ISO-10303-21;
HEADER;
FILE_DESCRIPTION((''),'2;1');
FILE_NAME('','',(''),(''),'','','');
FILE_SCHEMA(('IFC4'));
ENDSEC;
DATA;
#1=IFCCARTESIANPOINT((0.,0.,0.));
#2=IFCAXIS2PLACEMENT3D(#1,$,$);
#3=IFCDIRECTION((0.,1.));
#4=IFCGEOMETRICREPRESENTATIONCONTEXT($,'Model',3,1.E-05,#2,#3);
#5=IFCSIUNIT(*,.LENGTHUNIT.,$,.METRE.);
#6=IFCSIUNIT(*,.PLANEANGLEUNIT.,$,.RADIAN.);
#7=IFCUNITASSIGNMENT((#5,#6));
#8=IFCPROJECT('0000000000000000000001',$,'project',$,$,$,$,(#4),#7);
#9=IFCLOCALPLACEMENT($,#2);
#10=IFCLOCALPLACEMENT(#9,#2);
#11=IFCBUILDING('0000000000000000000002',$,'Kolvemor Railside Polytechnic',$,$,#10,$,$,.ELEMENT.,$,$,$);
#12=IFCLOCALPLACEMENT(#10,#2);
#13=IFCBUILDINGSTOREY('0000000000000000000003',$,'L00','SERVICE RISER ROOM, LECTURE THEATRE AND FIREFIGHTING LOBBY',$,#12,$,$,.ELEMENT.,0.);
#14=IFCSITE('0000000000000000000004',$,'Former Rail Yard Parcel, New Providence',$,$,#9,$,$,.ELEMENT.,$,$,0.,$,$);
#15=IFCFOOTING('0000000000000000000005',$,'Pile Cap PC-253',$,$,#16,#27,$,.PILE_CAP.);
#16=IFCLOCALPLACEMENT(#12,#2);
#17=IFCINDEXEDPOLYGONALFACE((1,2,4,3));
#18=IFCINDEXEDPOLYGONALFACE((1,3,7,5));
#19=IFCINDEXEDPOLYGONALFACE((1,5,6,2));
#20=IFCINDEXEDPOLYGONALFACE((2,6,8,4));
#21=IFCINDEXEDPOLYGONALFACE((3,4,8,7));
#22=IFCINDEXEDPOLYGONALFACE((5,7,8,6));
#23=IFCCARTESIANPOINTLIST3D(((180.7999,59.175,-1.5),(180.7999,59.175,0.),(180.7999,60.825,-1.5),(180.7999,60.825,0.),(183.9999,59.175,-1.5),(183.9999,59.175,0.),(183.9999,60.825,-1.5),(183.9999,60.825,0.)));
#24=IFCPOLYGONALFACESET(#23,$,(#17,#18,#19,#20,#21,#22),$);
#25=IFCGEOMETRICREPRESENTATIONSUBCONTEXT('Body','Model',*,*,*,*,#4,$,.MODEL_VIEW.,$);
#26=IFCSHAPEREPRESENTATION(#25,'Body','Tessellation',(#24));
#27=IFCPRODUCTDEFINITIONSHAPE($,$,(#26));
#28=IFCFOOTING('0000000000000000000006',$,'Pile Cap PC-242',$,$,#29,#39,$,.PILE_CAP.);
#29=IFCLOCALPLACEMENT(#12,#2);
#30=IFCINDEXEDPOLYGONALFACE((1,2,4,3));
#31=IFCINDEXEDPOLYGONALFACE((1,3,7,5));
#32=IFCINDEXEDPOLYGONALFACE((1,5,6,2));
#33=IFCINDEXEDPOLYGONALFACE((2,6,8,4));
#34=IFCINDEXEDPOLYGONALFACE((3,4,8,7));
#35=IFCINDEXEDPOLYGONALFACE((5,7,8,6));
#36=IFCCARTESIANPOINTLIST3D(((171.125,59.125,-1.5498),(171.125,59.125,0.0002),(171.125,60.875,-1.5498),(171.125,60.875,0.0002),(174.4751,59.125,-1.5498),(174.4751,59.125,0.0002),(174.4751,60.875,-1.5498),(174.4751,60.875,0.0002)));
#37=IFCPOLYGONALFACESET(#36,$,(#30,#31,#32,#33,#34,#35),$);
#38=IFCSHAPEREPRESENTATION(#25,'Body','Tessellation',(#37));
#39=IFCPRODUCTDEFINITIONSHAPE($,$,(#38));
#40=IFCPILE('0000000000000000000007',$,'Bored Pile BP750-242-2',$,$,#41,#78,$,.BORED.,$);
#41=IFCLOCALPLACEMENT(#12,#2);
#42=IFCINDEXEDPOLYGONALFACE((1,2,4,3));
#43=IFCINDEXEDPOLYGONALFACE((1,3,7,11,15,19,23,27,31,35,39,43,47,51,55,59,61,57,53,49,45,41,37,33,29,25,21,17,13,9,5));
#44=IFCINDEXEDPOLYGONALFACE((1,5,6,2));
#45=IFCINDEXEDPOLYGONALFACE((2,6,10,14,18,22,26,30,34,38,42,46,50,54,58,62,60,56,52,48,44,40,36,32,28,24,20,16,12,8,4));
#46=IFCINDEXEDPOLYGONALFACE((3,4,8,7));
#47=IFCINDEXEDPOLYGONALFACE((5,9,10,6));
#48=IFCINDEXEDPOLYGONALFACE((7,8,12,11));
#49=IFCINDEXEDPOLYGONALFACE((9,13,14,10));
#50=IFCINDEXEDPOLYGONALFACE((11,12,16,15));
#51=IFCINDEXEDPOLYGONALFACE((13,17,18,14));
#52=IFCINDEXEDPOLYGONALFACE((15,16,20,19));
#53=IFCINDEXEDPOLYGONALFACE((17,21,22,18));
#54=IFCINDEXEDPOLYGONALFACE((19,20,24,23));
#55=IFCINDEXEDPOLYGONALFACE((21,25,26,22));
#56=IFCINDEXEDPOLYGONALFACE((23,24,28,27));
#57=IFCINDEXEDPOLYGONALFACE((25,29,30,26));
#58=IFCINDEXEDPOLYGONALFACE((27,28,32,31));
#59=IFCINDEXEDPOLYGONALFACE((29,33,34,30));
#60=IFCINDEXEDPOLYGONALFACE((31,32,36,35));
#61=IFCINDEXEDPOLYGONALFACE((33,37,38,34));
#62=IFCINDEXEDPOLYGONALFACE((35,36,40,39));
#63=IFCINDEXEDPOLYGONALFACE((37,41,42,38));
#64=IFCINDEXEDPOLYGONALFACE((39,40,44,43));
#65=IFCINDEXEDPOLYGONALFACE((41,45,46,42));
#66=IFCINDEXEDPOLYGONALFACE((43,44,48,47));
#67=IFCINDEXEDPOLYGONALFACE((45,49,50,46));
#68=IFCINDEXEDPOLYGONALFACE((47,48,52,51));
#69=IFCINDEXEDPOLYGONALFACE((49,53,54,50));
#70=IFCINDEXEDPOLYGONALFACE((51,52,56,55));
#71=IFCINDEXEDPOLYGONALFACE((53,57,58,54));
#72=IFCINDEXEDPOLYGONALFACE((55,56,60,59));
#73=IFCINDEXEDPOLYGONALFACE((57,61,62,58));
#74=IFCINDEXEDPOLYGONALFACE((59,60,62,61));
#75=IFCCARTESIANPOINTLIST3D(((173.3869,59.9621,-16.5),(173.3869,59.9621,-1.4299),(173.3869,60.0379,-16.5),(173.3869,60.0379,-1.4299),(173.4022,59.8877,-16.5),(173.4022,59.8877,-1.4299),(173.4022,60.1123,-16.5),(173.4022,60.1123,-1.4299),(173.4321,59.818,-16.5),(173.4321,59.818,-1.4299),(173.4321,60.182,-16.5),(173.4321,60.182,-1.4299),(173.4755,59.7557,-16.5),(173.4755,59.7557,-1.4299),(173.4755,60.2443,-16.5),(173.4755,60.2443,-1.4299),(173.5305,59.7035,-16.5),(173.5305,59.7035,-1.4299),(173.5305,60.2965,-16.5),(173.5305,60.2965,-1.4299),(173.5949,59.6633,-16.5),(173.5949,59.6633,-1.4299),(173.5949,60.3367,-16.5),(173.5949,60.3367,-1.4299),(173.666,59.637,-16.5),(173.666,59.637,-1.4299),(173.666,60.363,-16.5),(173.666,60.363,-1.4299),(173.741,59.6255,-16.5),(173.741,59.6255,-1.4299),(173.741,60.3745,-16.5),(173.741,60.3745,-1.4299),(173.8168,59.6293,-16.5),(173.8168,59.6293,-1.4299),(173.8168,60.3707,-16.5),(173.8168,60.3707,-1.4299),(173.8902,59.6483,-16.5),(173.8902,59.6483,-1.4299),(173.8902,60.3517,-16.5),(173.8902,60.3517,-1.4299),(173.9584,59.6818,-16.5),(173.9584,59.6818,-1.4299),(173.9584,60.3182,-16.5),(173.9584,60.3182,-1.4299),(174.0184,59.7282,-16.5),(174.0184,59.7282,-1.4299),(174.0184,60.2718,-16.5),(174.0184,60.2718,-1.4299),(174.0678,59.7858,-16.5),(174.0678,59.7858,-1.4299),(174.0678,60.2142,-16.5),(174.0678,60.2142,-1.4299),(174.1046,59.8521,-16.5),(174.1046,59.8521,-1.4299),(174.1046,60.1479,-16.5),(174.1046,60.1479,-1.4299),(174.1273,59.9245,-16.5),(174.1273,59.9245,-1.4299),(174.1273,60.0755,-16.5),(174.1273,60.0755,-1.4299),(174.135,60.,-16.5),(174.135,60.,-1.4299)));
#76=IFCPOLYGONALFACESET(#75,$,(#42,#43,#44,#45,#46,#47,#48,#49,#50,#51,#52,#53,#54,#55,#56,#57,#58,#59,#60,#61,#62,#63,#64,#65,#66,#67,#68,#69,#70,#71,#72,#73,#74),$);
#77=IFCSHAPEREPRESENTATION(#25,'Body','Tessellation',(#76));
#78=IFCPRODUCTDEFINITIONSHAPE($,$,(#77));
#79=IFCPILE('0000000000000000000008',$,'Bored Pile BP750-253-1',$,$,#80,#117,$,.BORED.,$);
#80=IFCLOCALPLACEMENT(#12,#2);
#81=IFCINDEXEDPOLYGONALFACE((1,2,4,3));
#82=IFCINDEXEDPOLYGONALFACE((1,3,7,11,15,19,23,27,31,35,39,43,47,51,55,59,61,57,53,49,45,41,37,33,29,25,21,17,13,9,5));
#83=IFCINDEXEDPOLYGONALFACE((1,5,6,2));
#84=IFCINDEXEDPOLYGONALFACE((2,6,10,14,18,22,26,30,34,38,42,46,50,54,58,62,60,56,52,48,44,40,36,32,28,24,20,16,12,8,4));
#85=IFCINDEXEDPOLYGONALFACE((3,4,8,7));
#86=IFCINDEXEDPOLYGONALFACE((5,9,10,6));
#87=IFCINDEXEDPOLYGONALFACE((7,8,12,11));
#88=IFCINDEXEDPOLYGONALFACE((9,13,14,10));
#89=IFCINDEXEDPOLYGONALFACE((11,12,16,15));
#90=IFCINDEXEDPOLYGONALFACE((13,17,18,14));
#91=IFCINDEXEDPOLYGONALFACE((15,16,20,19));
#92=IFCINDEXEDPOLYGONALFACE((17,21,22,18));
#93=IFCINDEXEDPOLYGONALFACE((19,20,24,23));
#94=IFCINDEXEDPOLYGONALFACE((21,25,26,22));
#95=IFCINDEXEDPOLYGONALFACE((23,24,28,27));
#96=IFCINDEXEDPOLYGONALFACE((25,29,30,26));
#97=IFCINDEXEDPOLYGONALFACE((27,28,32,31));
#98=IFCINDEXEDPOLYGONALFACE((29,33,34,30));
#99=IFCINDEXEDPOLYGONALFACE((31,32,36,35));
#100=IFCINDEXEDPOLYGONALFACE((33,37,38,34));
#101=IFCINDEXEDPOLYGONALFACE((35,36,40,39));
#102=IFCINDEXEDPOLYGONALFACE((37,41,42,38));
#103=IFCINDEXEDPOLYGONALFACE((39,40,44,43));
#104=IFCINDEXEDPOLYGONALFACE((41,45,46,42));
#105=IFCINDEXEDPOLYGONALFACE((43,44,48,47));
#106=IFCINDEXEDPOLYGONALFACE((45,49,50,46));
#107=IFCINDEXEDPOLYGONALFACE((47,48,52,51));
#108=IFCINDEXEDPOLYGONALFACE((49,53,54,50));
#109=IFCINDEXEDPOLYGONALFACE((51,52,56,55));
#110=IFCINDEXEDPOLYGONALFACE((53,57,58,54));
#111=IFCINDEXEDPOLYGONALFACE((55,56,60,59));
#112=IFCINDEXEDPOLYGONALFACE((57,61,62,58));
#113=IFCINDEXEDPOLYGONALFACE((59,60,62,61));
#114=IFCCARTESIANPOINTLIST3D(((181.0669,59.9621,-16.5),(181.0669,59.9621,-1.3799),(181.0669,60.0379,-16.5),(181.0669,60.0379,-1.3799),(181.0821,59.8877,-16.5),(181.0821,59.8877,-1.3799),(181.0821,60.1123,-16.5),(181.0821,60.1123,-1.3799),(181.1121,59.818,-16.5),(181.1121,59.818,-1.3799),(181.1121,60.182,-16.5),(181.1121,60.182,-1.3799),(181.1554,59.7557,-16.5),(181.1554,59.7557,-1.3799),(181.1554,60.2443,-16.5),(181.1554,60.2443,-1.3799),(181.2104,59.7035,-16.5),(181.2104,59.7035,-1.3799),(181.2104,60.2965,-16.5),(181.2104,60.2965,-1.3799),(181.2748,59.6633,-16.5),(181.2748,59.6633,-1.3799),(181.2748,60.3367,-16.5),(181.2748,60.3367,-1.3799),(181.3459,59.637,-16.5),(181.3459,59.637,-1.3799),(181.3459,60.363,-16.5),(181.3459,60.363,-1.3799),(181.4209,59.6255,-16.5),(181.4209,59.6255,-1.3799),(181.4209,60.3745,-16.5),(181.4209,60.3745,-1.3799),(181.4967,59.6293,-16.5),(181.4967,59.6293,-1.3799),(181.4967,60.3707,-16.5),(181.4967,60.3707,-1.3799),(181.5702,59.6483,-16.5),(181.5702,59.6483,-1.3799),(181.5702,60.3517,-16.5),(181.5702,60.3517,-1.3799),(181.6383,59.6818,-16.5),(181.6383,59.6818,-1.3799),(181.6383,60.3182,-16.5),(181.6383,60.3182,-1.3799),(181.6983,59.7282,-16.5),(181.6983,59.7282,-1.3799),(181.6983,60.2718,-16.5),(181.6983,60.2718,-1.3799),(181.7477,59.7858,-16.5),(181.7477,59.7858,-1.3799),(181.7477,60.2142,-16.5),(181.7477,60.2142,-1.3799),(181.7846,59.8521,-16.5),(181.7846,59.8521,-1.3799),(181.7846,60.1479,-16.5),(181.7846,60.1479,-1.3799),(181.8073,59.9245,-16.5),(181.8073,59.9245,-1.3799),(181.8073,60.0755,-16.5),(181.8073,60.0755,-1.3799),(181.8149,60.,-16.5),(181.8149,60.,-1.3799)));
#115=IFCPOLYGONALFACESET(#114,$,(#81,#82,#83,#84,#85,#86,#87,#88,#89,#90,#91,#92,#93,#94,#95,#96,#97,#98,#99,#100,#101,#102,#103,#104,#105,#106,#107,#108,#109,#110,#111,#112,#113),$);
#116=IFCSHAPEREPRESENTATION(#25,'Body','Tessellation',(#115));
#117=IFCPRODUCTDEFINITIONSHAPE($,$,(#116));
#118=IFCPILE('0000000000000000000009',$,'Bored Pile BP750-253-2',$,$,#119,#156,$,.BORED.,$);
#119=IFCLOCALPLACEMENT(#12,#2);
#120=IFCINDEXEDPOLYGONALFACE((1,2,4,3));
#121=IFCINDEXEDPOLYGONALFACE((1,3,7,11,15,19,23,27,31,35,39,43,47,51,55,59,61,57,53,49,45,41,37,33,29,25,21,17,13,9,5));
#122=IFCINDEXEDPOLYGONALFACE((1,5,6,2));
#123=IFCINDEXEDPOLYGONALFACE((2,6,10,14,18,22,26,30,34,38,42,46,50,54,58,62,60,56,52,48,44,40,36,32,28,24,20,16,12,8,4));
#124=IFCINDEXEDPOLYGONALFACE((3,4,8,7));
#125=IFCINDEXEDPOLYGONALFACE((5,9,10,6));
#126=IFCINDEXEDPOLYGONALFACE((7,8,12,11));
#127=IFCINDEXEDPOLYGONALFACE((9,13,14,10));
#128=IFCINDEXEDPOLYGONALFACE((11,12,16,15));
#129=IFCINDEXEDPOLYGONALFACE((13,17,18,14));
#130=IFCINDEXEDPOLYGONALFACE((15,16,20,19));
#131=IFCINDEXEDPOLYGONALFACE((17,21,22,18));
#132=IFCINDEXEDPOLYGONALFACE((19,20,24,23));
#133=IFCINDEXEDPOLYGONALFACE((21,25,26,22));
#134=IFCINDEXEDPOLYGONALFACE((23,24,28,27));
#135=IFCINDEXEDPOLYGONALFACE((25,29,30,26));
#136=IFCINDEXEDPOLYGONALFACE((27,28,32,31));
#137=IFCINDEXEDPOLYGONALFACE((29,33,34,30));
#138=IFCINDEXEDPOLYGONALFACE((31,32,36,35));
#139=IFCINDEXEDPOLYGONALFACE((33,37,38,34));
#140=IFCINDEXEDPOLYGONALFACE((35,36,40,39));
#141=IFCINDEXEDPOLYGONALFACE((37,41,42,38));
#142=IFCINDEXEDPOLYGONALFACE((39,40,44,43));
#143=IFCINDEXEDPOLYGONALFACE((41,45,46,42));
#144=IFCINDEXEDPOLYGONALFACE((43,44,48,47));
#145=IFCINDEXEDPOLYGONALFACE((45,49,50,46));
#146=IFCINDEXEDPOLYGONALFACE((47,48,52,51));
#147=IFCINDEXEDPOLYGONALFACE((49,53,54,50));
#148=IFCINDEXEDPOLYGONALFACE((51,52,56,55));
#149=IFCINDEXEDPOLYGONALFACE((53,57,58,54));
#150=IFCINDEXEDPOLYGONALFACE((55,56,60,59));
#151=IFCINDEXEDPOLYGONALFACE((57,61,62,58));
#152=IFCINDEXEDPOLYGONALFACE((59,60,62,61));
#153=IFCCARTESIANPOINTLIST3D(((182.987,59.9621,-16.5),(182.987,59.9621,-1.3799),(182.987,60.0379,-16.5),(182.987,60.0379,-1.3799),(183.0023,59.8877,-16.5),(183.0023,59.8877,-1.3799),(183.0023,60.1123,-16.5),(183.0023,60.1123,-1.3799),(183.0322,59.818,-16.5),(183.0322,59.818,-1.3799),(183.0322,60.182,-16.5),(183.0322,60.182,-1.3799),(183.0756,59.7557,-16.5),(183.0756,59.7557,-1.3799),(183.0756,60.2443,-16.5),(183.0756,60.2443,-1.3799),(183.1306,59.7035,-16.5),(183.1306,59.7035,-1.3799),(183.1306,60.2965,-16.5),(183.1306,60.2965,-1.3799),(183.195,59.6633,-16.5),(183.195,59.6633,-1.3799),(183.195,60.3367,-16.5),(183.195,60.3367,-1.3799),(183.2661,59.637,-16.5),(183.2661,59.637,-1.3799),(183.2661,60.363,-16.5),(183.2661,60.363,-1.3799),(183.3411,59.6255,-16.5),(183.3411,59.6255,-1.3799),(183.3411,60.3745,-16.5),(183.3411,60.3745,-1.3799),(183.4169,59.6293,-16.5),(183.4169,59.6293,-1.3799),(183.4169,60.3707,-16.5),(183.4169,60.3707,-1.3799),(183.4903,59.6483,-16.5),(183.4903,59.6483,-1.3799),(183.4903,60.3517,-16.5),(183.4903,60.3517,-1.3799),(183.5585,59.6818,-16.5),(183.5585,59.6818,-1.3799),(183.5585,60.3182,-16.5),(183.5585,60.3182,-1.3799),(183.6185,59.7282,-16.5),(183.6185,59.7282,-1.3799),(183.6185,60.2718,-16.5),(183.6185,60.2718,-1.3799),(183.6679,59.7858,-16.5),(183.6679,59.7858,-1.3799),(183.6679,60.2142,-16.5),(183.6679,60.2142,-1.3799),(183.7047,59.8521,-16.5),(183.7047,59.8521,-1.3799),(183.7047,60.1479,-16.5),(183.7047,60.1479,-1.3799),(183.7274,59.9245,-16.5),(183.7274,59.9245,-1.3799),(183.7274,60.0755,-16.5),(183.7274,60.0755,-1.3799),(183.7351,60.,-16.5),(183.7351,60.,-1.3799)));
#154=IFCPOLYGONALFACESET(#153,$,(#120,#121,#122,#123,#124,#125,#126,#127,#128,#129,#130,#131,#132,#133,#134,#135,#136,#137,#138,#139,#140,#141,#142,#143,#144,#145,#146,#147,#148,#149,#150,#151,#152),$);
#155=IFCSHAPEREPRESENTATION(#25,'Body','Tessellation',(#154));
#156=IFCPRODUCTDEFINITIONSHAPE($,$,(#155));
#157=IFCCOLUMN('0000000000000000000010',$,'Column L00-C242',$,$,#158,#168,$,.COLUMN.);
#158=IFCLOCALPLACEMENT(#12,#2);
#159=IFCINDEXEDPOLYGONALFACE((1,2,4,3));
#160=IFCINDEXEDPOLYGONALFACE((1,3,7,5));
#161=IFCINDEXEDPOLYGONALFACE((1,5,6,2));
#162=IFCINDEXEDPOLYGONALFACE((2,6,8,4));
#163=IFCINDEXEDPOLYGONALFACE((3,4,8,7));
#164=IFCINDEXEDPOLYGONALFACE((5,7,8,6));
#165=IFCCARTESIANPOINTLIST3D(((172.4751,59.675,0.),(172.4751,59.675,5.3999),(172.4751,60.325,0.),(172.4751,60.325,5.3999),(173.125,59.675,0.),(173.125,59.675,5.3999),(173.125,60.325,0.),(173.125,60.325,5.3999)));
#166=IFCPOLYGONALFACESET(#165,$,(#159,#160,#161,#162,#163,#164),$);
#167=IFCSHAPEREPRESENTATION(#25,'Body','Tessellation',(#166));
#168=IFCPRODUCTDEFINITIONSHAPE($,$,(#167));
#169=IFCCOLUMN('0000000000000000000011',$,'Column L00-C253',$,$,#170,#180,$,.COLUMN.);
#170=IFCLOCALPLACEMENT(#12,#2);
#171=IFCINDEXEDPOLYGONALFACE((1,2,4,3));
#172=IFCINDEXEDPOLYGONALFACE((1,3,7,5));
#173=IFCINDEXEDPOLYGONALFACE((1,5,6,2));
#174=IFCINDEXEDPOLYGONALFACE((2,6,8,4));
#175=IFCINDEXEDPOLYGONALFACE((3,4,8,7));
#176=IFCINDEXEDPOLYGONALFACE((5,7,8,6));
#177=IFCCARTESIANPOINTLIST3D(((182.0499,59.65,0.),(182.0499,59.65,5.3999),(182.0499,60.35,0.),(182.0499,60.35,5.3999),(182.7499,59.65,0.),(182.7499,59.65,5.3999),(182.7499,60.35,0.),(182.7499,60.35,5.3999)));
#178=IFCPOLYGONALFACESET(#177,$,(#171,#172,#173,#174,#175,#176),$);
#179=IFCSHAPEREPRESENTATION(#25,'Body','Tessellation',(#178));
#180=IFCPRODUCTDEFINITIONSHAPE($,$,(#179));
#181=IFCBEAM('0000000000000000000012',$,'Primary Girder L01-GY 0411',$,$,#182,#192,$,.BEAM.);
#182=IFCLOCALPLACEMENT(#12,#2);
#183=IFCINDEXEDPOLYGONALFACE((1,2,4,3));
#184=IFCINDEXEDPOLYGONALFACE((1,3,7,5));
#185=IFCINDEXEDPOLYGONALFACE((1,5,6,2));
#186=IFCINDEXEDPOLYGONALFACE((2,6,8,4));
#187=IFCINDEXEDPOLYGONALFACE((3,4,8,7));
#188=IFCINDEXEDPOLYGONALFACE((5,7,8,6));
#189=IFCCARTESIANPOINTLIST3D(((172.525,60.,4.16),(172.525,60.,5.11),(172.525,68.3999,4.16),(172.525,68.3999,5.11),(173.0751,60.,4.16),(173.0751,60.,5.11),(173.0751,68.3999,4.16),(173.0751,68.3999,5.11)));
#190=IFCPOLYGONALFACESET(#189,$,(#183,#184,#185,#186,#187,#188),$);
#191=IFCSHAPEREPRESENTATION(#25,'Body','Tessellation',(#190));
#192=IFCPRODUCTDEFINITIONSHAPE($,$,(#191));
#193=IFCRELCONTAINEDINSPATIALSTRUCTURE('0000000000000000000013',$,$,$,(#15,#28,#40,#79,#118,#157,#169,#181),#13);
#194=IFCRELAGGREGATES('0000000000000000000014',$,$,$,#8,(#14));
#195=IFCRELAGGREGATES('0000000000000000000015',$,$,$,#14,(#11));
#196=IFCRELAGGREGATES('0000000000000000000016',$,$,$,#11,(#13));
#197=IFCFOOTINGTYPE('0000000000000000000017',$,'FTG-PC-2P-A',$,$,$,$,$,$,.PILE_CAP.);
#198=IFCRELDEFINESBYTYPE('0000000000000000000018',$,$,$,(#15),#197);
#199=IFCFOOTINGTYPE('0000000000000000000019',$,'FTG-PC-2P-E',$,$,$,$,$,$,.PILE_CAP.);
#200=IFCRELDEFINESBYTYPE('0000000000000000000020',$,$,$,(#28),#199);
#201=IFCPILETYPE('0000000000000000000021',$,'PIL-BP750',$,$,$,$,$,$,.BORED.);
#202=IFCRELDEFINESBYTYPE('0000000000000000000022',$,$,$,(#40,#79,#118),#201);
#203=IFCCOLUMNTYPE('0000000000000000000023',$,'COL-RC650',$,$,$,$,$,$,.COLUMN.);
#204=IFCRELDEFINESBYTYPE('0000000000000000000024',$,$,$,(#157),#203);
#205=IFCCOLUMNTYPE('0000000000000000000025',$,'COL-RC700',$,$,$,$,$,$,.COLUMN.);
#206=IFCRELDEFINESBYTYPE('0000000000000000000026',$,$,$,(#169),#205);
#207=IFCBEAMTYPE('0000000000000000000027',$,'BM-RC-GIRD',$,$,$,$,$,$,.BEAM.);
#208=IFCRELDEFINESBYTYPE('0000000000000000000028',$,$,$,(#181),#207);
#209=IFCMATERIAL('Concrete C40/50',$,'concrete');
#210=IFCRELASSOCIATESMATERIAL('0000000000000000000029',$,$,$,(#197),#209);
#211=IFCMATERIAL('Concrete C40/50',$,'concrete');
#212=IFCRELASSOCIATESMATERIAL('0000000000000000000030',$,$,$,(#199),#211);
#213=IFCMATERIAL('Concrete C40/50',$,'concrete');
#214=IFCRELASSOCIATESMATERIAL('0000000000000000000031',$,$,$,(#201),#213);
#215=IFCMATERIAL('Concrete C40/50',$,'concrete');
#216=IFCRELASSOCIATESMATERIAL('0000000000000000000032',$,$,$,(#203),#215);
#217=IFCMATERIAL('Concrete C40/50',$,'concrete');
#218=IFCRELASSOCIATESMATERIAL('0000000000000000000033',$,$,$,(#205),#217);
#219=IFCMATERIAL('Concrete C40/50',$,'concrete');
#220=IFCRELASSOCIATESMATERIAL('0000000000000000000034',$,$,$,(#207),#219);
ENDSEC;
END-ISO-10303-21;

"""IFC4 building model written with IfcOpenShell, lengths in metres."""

from ifc_helpers import new_model, si_unit, direction, frame, origin, origin_2d, place, context, subcontext, project, spatial, rectangle, circle, extrude, material, material_profile, profile_set, type_object, element, save


model = new_model("IFC4")

# Units and contexts
model_context = context("Model", 3, precision=1e-05, world=origin(), true_north=direction((0.0, 1.0)))
body_context = subcontext(model_context, "Body", "Model", "MODEL_VIEW")
ifc_project = project(units=[si_unit("LENGTHUNIT", "METRE"), si_unit("PLANEANGLEUNIT", "RADIAN")], contexts=[model_context])

# Site, building, storey
site_placement = place(None, origin())
site = spatial("IfcSite", under=ifc_project, at=site_placement, Name="Former Rail Yard Parcel, New Providence", CompositionType="ELEMENT", RefElevation=0.0)
building_placement = place(site_placement, origin())
building = spatial("IfcBuilding", under=site, at=building_placement, Name="Kolvemor Railside Polytechnic", CompositionType="ELEMENT")
storey_placement = place(building_placement, origin())
storey = spatial("IfcBuildingStorey", under=building, at=storey_placement, Name="L00", Description="SERVICE RISER ROOM, LECTURE THEATRE AND FIREFIGHTING LOBBY", CompositionType="ELEMENT", Elevation=0.0)

# Footings
ifc_material_1 = material(Name="Concrete C40/50", Category="concrete")
footing_type_1 = type_object("IfcFootingType", Name="FTG-PC-2P-A", PredefinedType="PILE_CAP", material=ifc_material_1)
footing_1_placement = place(storey_placement, frame((182.3999, 60.0, -1.5), z_axis=(0.0, 0.0, 1.0), x_axis=(1.0, 0.0, 0.0)))
element("IfcFooting", 1, at=footing_1_placement, inside=storey, type_object=footing_type_1, Name="Pile Cap PC-253", PredefinedType="PILE_CAP", context=body_context, shape_type="SweptSolid", body=[
    extrude(rectangle(XDim=3.2, YDim=1.6499, at=origin_2d()), origin(), (0.0, 0.0, 1.0), 1.5),
])
ifc_material_2 = material(Name="Concrete C40/50", Category="concrete")
footing_type_2 = type_object("IfcFootingType", Name="FTG-PC-2P-E", PredefinedType="PILE_CAP", material=ifc_material_2)
footing_2_placement = place(storey_placement, frame((172.8, 60.0, -1.5498), z_axis=(0.0, 0.0, 1.0), x_axis=(1.0, 0.0, 0.0)))
element("IfcFooting", 2, at=footing_2_placement, inside=storey, type_object=footing_type_2, Name="Pile Cap PC-242", PredefinedType="PILE_CAP", context=body_context, shape_type="SweptSolid", body=[
    extrude(rectangle(XDim=3.3501, YDim=1.75, at=origin_2d()), origin(), (0.0, 0.0, 1.0), 1.55),
])

# Piles
ifc_material_3 = material(Name="Concrete C40/50", Category="concrete")
ifc_material_profile_1 = material_profile(ifc_material_3, circle(Radius=0.375, at=origin_2d()), Name="BP750")
ifc_profile_set_1 = profile_set([ifc_material_profile_1], Name="Concrete C40/50")
pile_type = type_object("IfcPileType", Name="PIL-BP750", PredefinedType="BORED", material=ifc_profile_set_1)
pile_placement = place(storey_placement, frame((173.76, 60.0, -1.4299), z_axis=(0.0, 0.0, -1.0), x_axis=(1.0, 0.0, 0.0)))
element("IfcPile", 3, at=pile_placement, inside=storey, type_object=pile_type, Name="Bored Pile BP750-242-2", PredefinedType="BORED", context=body_context, shape_type="SweptSolid", body=[
    extrude(circle(Radius=0.375, at=origin_2d()), origin(), (0.0, 0.0, 1.0), 15.0701),
])
for number, where, z_axis, x_axis, name in (
    (4, (181.4399, 60.0, -1.3799), (0.0, 0.0, -1.0), (1.0, 0.0, 0.0), "Bored Pile BP750-253-1"),
    (5, (183.3601, 60.0, -1.3799), (0.0, 0.0, -1.0), (1.0, 0.0, 0.0), "Bored Pile BP750-253-2"),
):
    element("IfcPile", number, at=place(storey_placement, frame(where, z_axis=z_axis, x_axis=x_axis)), inside=storey, type_object=pile_type, Name=name, PredefinedType="BORED", context=body_context, shape_type="SweptSolid", body=[
        extrude(circle(Radius=0.375, at=origin_2d()), origin(), (0.0, 0.0, 1.0), 15.1201),
    ])

# Columns
ifc_material_4 = material(Name="Concrete C40/50", Category="concrete")
ifc_material_profile_2 = material_profile(ifc_material_4, rectangle(XDim=0.6499, YDim=0.6499, at=origin_2d()), Name="RC650x650")
ifc_profile_set_2 = profile_set([ifc_material_profile_2], Name="Concrete C40/50")
column_type_1 = type_object("IfcColumnType", Name="COL-RC650", PredefinedType="COLUMN", material=ifc_profile_set_2)
column_1_placement = place(storey_placement, frame((172.8, 60.0, 0.0), z_axis=(0.0, 0.0, 1.0), x_axis=(1.0, 0.0, 0.0)))
element("IfcColumn", 6, at=column_1_placement, inside=storey, type_object=column_type_1, Name="Column L00-C242", PredefinedType="COLUMN", context=body_context, shape_type="SweptSolid", body=[
    extrude(rectangle(XDim=0.6499, YDim=0.6499, at=origin_2d()), origin(), (0.0, 0.0, 1.0), 5.3999),
])
ifc_material_5 = material(Name="Concrete C40/50", Category="concrete")
ifc_material_profile_3 = material_profile(ifc_material_5, rectangle(XDim=0.7, YDim=0.7, at=origin_2d()), Name="RC700x700")
ifc_profile_set_3 = profile_set([ifc_material_profile_3], Name="Concrete C40/50")
column_type_2 = type_object("IfcColumnType", Name="COL-RC700", PredefinedType="COLUMN", material=ifc_profile_set_3)
column_2_placement = place(storey_placement, frame((182.3999, 60.0, 0.0), z_axis=(0.0, 0.0, 1.0), x_axis=(1.0, 0.0, 0.0)))
element("IfcColumn", 7, at=column_2_placement, inside=storey, type_object=column_type_2, Name="Column L00-C253", PredefinedType="COLUMN", context=body_context, shape_type="SweptSolid", body=[
    extrude(rectangle(XDim=0.7, YDim=0.7, at=origin_2d()), origin(), (0.0, 0.0, 1.0), 5.3999),
])

# Beam
ifc_material_6 = material(Name="Concrete C40/50", Category="concrete")
ifc_material_profile_4 = material_profile(ifc_material_6, rectangle(XDim=0.55, YDim=0.95, at=origin_2d()), Name="RC550x950")
ifc_profile_set_4 = profile_set([ifc_material_profile_4], Name="Concrete C40/50")
beam_type_1 = type_object("IfcBeamType", Name="BM-RC-GIRD", PredefinedType="BEAM", material=ifc_profile_set_4)
for number, where, z_axis, x_axis, name in (
    (8, (172.8, 60.0, 4.635), (0.0, 1.0, 0.0), (-1.0, 0.0, 0.0), "Primary Girder L01-GY 0411"),
):
    element("IfcBeam", number, at=place(storey_placement, frame(where, z_axis=z_axis, x_axis=x_axis)), inside=storey, type_object=beam_type_1, Name=name, PredefinedType="BEAM", context=body_context, shape_type="SweptSolid", body=[
        extrude(rectangle(XDim=0.55, YDim=0.95, at=origin_2d()), origin(), (0.0, 0.0, 1.0), 8.3999),
    ])

save(model, "model.ifc")
